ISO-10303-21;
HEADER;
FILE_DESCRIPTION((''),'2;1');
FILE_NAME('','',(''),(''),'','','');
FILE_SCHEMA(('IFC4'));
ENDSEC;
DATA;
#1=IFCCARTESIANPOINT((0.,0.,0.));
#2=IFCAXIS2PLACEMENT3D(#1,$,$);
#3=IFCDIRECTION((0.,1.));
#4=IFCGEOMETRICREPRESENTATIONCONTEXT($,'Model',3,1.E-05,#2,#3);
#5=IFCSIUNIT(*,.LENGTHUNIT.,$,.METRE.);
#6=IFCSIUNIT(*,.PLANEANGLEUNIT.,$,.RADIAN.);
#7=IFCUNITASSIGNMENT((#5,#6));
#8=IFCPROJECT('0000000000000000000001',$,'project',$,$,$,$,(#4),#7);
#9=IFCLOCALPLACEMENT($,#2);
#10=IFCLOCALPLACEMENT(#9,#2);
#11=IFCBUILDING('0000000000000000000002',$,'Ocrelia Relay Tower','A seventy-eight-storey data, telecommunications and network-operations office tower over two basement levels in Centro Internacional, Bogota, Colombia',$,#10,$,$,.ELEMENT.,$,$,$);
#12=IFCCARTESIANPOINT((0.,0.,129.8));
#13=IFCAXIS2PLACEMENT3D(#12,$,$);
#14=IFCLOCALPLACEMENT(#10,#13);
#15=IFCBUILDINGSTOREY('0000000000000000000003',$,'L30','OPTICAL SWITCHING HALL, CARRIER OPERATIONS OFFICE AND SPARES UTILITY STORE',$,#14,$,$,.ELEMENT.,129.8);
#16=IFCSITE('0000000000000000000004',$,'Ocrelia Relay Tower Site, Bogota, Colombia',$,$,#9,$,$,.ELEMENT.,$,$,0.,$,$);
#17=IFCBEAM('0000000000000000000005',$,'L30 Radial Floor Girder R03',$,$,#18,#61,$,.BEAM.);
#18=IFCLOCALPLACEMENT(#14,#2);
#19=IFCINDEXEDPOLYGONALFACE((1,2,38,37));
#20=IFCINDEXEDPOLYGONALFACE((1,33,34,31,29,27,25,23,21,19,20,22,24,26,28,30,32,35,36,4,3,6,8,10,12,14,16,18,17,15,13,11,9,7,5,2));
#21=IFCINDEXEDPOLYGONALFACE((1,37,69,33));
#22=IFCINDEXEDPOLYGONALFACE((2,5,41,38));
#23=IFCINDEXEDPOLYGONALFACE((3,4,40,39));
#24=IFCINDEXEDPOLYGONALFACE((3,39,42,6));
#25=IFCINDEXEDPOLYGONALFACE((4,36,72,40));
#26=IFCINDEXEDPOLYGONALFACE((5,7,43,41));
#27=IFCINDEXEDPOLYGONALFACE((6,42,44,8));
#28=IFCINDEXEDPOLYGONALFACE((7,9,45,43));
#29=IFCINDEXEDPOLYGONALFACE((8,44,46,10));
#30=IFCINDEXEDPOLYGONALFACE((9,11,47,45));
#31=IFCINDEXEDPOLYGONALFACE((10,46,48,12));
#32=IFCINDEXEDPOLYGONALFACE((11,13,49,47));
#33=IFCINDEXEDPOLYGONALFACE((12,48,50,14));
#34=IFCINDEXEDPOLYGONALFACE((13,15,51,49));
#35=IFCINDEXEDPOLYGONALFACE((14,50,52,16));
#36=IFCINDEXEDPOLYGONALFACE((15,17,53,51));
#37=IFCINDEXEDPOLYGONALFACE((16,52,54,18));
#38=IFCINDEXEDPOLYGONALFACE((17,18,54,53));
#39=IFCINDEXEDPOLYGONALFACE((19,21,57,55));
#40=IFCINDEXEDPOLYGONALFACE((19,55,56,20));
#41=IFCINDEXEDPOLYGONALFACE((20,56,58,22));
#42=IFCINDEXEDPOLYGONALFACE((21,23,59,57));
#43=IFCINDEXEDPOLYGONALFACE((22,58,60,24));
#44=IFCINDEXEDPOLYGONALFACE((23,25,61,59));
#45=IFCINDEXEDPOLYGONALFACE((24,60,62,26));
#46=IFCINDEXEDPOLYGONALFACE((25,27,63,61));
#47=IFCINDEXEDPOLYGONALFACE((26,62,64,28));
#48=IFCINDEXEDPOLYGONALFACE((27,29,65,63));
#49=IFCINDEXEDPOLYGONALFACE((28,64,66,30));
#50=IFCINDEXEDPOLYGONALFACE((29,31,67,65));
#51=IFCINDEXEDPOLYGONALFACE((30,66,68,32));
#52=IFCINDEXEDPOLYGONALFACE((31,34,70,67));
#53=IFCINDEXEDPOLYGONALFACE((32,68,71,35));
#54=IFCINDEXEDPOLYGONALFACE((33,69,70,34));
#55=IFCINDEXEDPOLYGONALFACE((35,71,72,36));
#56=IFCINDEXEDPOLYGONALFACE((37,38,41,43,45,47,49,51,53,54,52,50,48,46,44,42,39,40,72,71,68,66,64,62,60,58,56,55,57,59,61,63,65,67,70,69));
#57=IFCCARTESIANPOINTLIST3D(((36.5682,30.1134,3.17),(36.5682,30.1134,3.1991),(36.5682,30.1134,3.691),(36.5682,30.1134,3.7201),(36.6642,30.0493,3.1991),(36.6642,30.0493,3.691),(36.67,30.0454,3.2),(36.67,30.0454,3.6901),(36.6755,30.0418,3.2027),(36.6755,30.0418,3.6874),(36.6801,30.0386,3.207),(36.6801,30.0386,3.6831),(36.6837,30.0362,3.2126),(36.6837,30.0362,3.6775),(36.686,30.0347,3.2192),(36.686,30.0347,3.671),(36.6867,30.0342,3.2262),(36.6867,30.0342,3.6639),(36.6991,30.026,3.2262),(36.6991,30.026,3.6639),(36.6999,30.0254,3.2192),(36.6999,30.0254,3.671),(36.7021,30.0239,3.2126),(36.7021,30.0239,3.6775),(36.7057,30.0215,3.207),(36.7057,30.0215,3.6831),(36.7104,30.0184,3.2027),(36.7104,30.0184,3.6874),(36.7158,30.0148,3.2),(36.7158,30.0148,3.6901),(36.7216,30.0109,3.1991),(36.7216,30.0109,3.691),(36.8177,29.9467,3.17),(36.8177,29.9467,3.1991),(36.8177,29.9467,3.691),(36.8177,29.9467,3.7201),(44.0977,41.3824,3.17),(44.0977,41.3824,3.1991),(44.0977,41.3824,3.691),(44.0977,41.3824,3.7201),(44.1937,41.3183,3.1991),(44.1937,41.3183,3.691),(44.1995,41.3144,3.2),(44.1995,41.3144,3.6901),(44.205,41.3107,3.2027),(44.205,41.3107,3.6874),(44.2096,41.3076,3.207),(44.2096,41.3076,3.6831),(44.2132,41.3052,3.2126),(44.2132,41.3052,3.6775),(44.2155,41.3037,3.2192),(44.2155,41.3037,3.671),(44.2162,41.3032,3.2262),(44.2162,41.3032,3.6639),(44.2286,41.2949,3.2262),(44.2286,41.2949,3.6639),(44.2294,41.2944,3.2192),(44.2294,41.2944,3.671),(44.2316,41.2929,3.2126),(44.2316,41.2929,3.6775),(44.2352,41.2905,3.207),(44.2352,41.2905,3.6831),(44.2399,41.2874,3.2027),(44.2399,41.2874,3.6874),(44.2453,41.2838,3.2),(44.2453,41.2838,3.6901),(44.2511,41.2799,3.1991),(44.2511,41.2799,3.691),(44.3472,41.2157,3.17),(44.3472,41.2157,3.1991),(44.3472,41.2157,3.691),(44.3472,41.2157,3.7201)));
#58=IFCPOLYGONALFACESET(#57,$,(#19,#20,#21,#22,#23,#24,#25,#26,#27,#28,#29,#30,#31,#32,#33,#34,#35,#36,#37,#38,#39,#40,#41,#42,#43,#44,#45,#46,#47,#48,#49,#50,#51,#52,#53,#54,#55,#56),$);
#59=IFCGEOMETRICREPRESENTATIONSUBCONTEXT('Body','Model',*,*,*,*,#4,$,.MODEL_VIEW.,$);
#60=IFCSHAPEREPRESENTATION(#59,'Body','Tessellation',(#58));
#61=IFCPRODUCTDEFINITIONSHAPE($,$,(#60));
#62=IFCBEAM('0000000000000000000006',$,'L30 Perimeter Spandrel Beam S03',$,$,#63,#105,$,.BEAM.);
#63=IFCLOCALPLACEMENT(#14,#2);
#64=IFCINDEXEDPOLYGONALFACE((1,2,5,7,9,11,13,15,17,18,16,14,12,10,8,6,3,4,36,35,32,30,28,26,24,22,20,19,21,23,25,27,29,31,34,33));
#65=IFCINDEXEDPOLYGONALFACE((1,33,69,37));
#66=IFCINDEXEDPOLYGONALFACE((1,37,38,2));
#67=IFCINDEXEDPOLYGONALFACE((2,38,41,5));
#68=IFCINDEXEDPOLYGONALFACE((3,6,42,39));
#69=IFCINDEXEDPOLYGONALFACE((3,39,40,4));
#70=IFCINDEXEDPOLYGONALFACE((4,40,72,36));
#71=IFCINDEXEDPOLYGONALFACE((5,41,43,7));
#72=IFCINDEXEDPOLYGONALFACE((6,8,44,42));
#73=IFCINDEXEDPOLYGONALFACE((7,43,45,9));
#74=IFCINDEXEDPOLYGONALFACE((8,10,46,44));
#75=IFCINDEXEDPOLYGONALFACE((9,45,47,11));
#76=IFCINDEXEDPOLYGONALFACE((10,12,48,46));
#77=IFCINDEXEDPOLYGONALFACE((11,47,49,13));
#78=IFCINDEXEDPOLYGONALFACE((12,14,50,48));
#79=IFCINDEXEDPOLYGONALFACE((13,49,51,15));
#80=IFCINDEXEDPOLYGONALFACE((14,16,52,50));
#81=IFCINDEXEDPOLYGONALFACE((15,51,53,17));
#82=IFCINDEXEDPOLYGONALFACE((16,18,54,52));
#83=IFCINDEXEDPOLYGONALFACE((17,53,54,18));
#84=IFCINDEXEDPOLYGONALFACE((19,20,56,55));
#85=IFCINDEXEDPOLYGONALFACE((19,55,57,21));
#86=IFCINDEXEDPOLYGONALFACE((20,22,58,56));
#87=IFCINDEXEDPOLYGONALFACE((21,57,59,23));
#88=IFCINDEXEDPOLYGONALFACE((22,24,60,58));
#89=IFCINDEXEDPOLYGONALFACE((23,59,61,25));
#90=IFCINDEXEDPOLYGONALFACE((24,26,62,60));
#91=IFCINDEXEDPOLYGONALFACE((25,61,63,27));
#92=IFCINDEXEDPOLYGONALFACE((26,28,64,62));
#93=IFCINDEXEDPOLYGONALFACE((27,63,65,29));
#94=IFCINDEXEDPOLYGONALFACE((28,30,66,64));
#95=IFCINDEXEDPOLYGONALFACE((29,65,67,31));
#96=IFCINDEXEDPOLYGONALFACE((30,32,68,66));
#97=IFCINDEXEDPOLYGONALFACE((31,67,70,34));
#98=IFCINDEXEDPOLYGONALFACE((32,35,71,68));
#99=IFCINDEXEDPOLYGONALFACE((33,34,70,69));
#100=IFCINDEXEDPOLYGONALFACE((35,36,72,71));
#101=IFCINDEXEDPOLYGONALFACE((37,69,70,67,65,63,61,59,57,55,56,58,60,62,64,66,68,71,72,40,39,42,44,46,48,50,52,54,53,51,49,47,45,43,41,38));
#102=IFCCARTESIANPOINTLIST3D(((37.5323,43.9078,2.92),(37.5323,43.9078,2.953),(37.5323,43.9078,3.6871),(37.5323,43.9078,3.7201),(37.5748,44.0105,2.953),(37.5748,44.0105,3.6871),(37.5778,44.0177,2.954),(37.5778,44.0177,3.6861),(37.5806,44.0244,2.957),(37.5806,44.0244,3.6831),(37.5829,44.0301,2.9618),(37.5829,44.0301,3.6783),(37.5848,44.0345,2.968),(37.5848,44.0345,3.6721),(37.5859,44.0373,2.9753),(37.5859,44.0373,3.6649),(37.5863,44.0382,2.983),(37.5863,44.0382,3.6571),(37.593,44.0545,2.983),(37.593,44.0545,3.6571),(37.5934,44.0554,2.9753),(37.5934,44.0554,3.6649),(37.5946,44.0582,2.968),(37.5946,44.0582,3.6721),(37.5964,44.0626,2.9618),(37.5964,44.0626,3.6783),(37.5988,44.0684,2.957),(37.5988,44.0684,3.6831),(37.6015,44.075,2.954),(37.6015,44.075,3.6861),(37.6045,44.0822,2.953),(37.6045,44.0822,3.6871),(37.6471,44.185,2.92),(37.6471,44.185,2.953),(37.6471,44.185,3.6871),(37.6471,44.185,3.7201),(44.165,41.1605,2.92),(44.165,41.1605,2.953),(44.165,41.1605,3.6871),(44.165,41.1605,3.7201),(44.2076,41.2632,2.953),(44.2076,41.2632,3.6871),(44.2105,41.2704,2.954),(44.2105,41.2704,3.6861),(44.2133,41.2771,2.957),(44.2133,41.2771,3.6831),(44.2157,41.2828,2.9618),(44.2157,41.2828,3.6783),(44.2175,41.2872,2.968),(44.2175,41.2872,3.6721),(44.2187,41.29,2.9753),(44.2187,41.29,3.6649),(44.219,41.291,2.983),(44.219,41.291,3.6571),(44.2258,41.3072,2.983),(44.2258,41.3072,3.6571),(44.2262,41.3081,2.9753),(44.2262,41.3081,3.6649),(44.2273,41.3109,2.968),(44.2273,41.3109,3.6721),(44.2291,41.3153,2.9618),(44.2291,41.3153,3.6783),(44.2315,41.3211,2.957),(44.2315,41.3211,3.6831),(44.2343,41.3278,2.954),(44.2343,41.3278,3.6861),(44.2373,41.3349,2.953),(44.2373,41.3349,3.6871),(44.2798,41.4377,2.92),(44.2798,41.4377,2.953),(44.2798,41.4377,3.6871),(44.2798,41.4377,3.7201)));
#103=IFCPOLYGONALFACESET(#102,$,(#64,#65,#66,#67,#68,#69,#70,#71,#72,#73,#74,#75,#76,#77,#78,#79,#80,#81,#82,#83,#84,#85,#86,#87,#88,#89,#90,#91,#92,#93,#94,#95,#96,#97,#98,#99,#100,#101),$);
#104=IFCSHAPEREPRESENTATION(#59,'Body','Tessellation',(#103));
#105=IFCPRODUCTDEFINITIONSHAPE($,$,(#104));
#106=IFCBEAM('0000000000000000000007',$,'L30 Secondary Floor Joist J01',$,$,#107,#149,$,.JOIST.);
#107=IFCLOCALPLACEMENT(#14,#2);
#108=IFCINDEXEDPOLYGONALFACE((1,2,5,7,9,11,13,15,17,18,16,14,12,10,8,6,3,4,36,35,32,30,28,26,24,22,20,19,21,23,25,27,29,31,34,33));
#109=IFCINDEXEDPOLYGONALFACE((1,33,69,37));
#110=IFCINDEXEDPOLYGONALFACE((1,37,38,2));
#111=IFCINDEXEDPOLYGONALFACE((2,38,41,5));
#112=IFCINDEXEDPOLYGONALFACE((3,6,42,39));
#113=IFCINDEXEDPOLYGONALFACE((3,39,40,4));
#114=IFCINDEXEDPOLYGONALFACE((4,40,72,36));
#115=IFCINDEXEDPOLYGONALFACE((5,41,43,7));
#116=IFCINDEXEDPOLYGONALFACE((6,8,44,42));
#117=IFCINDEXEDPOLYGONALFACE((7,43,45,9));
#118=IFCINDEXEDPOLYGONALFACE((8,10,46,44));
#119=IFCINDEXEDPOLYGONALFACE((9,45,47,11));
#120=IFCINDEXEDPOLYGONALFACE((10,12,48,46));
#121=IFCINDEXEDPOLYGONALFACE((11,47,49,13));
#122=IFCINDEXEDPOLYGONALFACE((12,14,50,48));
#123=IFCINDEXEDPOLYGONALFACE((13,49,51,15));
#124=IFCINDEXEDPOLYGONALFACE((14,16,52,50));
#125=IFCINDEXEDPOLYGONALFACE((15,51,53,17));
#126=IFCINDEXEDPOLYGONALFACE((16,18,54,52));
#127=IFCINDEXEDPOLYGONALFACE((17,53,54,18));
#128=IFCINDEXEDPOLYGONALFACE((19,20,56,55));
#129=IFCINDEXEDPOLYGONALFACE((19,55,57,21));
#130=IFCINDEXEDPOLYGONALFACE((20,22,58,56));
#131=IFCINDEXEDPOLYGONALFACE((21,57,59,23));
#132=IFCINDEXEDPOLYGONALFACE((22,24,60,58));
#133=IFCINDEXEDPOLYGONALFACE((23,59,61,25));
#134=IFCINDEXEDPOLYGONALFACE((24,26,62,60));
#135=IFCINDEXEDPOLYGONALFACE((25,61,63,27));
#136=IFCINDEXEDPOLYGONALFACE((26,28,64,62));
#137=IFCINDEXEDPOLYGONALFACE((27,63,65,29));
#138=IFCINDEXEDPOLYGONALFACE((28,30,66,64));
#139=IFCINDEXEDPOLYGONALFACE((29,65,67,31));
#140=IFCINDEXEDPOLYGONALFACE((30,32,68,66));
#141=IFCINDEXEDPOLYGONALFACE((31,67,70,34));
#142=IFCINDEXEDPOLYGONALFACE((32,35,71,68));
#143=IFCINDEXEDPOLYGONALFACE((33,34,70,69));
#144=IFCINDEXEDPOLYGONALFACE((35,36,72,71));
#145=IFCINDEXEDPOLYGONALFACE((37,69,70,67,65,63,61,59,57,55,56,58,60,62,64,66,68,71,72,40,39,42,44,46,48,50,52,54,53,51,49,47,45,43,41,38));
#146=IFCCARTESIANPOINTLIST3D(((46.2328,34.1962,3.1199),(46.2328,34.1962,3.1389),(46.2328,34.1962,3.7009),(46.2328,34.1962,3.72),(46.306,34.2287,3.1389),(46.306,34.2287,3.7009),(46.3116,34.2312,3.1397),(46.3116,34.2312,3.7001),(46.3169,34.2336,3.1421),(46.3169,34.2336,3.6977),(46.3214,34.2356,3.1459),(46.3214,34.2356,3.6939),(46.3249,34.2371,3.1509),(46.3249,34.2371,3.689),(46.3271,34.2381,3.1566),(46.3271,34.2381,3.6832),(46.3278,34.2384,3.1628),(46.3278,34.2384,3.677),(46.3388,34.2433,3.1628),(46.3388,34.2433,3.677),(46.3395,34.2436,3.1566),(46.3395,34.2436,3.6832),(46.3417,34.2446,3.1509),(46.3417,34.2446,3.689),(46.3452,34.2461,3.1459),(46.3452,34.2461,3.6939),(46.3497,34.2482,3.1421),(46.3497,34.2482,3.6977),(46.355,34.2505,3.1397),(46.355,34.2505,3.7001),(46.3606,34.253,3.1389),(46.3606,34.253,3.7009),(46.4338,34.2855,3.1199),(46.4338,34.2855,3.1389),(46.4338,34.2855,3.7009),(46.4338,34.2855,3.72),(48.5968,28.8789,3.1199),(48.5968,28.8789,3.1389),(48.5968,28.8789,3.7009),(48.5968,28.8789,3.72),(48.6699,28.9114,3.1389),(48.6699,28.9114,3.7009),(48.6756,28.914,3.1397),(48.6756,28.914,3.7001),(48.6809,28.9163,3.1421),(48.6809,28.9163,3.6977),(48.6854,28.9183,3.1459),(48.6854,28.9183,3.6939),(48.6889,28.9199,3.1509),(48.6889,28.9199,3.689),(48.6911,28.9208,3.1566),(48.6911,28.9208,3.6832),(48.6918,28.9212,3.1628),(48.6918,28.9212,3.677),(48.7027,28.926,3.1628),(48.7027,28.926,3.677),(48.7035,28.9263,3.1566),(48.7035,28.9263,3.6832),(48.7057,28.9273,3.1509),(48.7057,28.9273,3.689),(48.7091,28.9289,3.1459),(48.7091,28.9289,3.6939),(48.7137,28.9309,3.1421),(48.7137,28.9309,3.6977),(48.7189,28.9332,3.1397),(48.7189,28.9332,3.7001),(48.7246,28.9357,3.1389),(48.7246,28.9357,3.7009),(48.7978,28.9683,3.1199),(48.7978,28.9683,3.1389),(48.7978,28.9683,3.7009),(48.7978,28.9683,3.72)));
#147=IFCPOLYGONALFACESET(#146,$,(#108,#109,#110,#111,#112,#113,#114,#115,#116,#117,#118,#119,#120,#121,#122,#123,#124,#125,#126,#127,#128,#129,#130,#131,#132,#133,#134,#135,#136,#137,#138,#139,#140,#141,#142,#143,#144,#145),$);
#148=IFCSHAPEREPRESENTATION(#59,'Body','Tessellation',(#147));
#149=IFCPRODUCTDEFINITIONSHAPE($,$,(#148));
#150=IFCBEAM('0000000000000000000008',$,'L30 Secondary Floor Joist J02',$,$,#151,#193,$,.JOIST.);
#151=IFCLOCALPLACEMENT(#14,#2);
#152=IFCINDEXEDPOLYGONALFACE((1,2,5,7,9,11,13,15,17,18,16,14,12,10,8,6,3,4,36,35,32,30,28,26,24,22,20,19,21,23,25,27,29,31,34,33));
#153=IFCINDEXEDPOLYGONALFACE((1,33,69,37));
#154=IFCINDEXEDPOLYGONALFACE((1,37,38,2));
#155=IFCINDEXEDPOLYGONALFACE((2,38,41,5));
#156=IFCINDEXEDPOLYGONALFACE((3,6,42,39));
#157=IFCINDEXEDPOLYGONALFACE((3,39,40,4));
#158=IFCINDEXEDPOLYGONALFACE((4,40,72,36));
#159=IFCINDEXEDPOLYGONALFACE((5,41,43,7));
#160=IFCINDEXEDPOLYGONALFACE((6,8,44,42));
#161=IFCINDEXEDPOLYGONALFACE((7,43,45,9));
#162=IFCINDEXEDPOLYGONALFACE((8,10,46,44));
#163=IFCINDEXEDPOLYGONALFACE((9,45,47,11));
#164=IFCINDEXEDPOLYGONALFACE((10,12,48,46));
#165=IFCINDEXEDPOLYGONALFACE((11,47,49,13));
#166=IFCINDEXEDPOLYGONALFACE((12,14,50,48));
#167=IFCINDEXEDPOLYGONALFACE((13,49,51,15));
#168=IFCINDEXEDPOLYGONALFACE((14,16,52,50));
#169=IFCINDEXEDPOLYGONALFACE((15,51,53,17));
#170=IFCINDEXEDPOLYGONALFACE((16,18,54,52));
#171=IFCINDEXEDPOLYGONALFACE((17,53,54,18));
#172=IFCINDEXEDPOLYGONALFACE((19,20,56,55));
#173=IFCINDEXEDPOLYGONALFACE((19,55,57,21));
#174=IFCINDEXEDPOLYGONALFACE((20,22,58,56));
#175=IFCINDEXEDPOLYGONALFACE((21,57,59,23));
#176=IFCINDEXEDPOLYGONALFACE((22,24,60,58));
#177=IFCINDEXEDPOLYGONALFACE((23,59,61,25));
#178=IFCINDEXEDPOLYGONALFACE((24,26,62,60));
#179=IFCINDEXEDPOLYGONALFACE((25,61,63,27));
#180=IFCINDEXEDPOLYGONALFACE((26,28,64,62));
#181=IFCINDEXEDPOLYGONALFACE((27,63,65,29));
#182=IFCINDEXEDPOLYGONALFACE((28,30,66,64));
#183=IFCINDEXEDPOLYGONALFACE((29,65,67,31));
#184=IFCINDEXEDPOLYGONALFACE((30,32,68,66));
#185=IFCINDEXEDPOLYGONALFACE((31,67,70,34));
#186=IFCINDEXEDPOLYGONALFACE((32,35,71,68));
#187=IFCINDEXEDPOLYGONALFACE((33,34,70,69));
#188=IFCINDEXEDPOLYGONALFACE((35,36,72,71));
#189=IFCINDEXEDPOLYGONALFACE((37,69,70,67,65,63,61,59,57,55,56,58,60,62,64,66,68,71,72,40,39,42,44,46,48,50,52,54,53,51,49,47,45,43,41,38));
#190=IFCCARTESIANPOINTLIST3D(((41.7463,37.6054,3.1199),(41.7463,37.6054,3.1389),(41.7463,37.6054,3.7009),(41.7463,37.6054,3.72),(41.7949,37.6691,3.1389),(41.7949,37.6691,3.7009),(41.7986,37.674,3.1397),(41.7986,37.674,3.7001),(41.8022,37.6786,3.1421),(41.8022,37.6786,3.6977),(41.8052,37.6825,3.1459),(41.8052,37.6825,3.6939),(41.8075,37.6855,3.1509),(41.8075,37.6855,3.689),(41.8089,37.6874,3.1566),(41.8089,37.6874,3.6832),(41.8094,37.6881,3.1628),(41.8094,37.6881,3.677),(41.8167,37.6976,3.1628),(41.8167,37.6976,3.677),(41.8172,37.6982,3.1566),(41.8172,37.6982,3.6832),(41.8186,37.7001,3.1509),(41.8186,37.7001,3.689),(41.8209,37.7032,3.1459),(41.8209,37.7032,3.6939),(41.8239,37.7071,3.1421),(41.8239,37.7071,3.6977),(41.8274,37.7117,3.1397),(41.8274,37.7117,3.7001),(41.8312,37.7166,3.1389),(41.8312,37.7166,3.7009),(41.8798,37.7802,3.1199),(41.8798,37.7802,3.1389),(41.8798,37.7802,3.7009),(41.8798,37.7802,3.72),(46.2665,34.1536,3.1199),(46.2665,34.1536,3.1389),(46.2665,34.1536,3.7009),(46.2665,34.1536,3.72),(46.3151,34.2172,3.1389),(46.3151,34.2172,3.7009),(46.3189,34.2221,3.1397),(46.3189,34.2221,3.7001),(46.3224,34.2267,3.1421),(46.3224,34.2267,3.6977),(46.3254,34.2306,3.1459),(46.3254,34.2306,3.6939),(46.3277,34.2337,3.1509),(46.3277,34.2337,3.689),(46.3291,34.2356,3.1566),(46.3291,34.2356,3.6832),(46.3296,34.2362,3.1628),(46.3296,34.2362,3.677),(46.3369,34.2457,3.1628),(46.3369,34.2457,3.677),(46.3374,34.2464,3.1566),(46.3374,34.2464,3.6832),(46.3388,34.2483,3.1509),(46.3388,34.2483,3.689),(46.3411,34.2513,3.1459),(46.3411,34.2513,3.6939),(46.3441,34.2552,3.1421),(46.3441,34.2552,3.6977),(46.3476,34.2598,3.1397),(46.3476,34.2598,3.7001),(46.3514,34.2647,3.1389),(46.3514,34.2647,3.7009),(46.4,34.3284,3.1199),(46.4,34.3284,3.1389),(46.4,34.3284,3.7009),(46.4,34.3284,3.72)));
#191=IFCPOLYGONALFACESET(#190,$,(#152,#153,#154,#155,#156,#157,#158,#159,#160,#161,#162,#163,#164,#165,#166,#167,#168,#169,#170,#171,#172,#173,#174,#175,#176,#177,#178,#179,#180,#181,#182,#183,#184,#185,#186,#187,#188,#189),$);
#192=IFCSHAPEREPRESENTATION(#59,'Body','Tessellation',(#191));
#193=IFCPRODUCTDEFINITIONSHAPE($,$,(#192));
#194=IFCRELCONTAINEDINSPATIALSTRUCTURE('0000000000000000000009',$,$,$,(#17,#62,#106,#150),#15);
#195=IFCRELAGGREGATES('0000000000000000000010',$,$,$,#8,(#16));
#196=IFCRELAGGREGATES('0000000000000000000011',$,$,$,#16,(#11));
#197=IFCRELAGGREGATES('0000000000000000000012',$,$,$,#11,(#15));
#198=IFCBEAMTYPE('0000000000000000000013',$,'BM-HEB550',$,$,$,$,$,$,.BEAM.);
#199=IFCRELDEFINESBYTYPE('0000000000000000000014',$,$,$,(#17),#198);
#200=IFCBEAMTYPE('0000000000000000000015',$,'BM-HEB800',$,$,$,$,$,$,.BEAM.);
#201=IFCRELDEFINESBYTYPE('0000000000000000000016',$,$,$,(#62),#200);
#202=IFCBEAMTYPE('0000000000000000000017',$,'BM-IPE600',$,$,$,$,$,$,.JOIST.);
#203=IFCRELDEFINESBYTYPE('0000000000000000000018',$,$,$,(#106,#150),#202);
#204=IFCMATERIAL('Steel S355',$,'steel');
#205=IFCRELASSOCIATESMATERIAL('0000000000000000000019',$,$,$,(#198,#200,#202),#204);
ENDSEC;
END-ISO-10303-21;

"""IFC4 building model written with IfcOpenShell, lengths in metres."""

from ifc_helpers import new_model, si_unit, direction, frame, origin, origin_2d, place, context, subcontext, project, spatial, i_section, extrude, material, material_profile, profile_set, type_object, element, save


model = new_model("IFC4")

# Units and contexts
model_context = context("Model", 3, precision=1e-05, world=origin(), true_north=direction((0.0, 1.0)))
body_context = subcontext(model_context, "Body", "Model", "MODEL_VIEW")
ifc_project = project(units=[si_unit("LENGTHUNIT", "METRE"), si_unit("PLANEANGLEUNIT", "RADIAN")], contexts=[model_context])

# Site, building, storey
site_placement = place(None, origin())
site = spatial("IfcSite", under=ifc_project, at=site_placement, Name="Ocrelia Relay Tower Site, Bogota, Colombia", CompositionType="ELEMENT", RefElevation=0.0)
building_placement = place(site_placement, origin())
building = spatial("IfcBuilding", under=site, at=building_placement, Name="Ocrelia Relay Tower", Description="A seventy-eight-storey data, telecommunications and network-operations office tower over two basement levels in Centro Internacional, Bogota, Colombia", CompositionType="ELEMENT")
storey_placement = place(building_placement, frame((0.0, 0.0, 129.8)))
storey = spatial("IfcBuildingStorey", under=building, at=storey_placement, Name="L30", Description="OPTICAL SWITCHING HALL, CARRIER OPERATIONS OFFICE AND SPARES UTILITY STORE", CompositionType="ELEMENT", Elevation=129.8)

# Beams
ifc_material_1 = material(Name="Steel S355", Category="steel")
ifc_material_profile_1 = material_profile(ifc_material_1, i_section(OverallWidth=0.3, OverallDepth=0.55, WebThickness=0.0149, FlangeThickness=0.0291, FilletRadius=0.0271, at=origin_2d()), Name="HEB 550")
ifc_profile_set_1 = profile_set([ifc_material_profile_1], Name="Steel S355")
beam_type_1 = type_object("IfcBeamType", Name="BM-HEB550", PredefinedType="BEAM", material=ifc_profile_set_1)
beam_1_placement = place(storey_placement, frame((44.2224, 41.2991, 3.4451), z_axis=(-0.55556, -0.831476, 0.0), x_axis=(0.831476, -0.55556, 0.0)))
element("IfcBeam", 1, at=beam_1_placement, inside=storey, type_object=beam_type_1, Name="L30 Radial Floor Girder R03", PredefinedType="BEAM", context=body_context, shape_type="SweptSolid", body=[
    extrude(i_section(OverallWidth=0.3, OverallDepth=0.55, WebThickness=0.0149, FlangeThickness=0.0291, FilletRadius=0.0271, at=origin_2d()), origin(), (0.0, 0.0, 1.0), 13.553),
])
ifc_material_profile_2 = material_profile(ifc_material_1, i_section(OverallWidth=0.3, OverallDepth=0.8, WebThickness=0.0176, FlangeThickness=0.033, FilletRadius=0.03, at=origin_2d()), Name="HEB 800")
ifc_profile_set_2 = profile_set([ifc_material_profile_2], Name="Steel S355")
beam_type_2 = type_object("IfcBeamType", Name="BM-HEB800", PredefinedType="BEAM", material=ifc_profile_set_2)
beam_2_placement = place(storey_placement, frame((44.2224, 41.2991, 3.3201), z_axis=(-0.923884, 0.382673, 0.0), x_axis=(-0.382673, -0.923884, 0.0)))
element("IfcBeam", 2, at=beam_2_placement, inside=storey, type_object=beam_type_2, Name="L30 Perimeter Spandrel Beam S03", PredefinedType="BEAM", context=body_context, shape_type="SweptSolid", body=[
    extrude(i_section(OverallWidth=0.3, OverallDepth=0.8, WebThickness=0.0176, FlangeThickness=0.033, FilletRadius=0.03, at=origin_2d()), origin(), (0.0, 0.0, 1.0), 7.1792),
])
ifc_material_profile_3 = material_profile(ifc_material_1, i_section(OverallWidth=0.22, OverallDepth=0.6001, WebThickness=0.012, FlangeThickness=0.019, FilletRadius=0.0239, at=origin_2d()), Name="IPE 600")
ifc_profile_set_3 = profile_set([ifc_material_profile_3], Name="Steel S355")
beam_type_3 = type_object("IfcBeamType", Name="BM-IPE600", PredefinedType="JOIST", material=ifc_profile_set_3)
beam_3_placement = place(storey_placement, frame((48.6973, 28.9236, 3.4199), z_axis=(-0.406244, 0.913765, 0.0), x_axis=(-0.913765, -0.406244, 0.0)))
element("IfcBeam", 3, at=beam_3_placement, inside=storey, type_object=beam_type_3, Name="L30 Secondary Floor Joist J01", PredefinedType="JOIST", context=body_context, shape_type="SweptSolid", body=[
    extrude(i_section(OverallWidth=0.22, OverallDepth=0.6001, WebThickness=0.012, FlangeThickness=0.019, FilletRadius=0.0239, at=origin_2d()), origin(), (0.0, 0.0, 1.0), 5.8191),
])
beam_4_placement = place(storey_placement, frame((46.3333, 34.241, 3.4199), z_axis=(-0.794762, 0.606921, 0.0), x_axis=(-0.606921, -0.794762, 0.0)))
element("IfcBeam", 4, at=beam_4_placement, inside=storey, type_object=beam_type_3, Name="L30 Secondary Floor Joist J02", PredefinedType="JOIST", context=body_context, shape_type="SweptSolid", body=[
    extrude(i_section(OverallWidth=0.22, OverallDepth=0.6001, WebThickness=0.012, FlangeThickness=0.019, FilletRadius=0.0239, at=origin_2d()), origin(), (0.0, 0.0, 1.0), 5.6875),
])

save(model, "model.ifc")
